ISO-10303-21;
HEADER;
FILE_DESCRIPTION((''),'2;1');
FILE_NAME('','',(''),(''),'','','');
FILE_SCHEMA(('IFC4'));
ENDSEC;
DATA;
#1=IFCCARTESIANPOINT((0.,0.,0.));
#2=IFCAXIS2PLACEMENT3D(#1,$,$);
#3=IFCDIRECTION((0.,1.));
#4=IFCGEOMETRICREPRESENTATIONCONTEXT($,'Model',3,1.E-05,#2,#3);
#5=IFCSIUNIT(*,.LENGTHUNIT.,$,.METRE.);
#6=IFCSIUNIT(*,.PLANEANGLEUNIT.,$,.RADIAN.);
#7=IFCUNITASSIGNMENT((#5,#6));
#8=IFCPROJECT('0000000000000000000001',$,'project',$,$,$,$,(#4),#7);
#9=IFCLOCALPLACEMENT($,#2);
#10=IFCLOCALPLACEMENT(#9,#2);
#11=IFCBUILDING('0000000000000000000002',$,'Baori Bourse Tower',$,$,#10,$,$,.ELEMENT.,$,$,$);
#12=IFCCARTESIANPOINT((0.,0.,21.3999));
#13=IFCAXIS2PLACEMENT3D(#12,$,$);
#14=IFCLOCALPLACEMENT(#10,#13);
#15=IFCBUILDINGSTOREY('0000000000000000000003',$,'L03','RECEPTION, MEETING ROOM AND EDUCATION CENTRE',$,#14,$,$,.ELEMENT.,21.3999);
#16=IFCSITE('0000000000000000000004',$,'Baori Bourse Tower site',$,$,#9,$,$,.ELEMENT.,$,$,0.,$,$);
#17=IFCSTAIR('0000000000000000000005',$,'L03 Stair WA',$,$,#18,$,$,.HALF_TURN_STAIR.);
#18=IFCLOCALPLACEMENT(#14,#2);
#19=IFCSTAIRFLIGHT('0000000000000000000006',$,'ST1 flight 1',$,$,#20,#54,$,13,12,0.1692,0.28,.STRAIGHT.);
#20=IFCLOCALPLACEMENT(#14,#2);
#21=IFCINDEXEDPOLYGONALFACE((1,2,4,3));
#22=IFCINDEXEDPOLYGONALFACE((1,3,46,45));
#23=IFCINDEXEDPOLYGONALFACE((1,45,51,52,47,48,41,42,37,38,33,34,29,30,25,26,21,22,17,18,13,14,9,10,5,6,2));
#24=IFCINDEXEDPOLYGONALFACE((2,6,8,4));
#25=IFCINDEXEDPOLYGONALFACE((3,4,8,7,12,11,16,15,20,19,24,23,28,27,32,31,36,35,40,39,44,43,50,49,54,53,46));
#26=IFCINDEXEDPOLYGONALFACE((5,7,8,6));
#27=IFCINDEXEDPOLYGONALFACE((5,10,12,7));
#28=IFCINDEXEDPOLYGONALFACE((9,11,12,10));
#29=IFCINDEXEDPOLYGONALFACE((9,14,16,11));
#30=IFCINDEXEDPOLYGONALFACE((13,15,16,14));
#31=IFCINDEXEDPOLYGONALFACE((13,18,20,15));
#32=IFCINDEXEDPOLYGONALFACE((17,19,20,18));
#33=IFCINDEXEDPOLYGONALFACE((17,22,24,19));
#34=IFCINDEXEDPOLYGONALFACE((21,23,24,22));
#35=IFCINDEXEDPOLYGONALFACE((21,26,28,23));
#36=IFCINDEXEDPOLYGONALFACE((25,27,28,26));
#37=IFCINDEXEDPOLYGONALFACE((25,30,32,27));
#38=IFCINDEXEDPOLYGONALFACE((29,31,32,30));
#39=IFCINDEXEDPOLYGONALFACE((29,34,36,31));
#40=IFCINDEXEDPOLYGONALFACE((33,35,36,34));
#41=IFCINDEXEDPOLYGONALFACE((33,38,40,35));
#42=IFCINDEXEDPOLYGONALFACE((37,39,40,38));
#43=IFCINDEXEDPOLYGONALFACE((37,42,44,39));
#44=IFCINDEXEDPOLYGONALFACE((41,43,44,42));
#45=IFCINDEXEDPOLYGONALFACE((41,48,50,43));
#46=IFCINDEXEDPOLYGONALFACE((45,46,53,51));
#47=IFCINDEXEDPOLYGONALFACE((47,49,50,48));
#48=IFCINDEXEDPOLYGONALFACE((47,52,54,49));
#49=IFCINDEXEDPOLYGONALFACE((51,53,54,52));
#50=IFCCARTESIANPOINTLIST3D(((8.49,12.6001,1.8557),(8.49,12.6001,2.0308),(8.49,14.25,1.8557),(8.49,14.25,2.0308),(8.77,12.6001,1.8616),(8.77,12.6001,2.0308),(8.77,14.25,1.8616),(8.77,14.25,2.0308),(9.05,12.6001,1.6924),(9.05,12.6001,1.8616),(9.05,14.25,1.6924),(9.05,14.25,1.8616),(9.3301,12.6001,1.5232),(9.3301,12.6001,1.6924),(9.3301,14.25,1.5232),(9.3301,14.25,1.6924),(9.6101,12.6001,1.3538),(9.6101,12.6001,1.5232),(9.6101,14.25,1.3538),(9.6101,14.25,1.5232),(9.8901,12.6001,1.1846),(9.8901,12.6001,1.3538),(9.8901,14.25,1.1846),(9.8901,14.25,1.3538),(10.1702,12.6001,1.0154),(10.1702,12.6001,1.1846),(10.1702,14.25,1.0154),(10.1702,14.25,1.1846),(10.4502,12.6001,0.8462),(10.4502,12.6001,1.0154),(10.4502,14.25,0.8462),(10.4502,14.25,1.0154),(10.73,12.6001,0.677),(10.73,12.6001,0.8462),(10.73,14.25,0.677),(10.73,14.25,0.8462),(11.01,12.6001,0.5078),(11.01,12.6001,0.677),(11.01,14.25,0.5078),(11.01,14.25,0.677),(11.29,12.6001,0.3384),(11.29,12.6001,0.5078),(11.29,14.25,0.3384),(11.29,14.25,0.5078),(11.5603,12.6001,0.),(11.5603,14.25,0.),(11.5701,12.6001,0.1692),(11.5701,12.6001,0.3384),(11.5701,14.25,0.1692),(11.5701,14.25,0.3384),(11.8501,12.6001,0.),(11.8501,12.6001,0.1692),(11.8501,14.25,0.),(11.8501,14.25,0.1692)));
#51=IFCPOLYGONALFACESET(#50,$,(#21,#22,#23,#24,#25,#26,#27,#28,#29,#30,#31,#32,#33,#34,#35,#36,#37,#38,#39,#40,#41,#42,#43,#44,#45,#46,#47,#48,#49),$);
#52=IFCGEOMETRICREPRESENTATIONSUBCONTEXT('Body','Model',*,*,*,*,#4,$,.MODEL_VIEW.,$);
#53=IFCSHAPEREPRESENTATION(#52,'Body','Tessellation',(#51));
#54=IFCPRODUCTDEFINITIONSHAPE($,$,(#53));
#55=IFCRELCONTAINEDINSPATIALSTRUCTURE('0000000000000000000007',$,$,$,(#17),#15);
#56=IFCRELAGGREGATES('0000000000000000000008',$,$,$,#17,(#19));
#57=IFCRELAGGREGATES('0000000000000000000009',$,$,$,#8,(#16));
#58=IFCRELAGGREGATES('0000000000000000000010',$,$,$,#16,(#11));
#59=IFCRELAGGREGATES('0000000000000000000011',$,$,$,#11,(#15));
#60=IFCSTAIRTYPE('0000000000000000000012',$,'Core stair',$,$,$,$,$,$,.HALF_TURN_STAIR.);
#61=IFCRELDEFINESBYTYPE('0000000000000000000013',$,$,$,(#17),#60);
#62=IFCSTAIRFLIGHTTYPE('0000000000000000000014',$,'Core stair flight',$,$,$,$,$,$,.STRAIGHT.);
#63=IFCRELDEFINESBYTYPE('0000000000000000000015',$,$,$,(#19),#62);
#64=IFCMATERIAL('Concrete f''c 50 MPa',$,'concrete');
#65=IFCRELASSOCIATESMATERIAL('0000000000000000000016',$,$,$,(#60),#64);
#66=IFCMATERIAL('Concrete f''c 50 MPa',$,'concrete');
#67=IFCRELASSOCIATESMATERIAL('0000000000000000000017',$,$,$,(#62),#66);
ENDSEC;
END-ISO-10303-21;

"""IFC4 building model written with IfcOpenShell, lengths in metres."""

from ifc_helpers import new_model, si_unit, direction, frame, origin, place, context, subcontext, project, spatial, polyline, outline, extrude, material, type_object, element, aggregate, save


model = new_model("IFC4")

# Units and contexts
model_context = context("Model", 3, precision=1e-05, world=origin(), true_north=direction((0.0, 1.0)))
body_context = subcontext(model_context, "Body", "Model", "MODEL_VIEW")
ifc_project = project(units=[si_unit("LENGTHUNIT", "METRE"), si_unit("PLANEANGLEUNIT", "RADIAN")], contexts=[model_context])

# Site, building, storey
site_placement = place(None, origin())
site = spatial("IfcSite", under=ifc_project, at=site_placement, Name="Baori Bourse Tower site", CompositionType="ELEMENT", RefElevation=0.0)
building_placement = place(site_placement, origin())
building = spatial("IfcBuilding", under=site, at=building_placement, Name="Baori Bourse Tower", CompositionType="ELEMENT")
storey_placement = place(building_placement, frame((0.0, 0.0, 21.3999)))
storey = spatial("IfcBuildingStorey", under=building, at=storey_placement, Name="L03", Description="RECEPTION, MEETING ROOM AND EDUCATION CENTRE", CompositionType="ELEMENT", Elevation=21.3999)

# Stair, stair flight
ifc_material_1 = material(Name="Concrete f'c 50 MPa", Category="concrete")
stair_type = type_object("IfcStairType", Name="Core stair", PredefinedType="HALF_TURN_STAIR", material=ifc_material_1)
stair_placement = place(storey_placement, origin())
stair = element("IfcStair", 1, at=stair_placement, inside=storey, type_object=stair_type, Name="L03 Stair WA", PredefinedType="HALF_TURN_STAIR")
ifc_material_2 = material(Name="Concrete f'c 50 MPa", Category="concrete")
stair_flight_type = type_object("IfcStairFlightType", Name="Core stair flight", PredefinedType="STRAIGHT", material=ifc_material_2)
stair_flight_placement = place(storey_placement, frame((11.8501, 13.425, 0.0), z_axis=(0.0, 0.0, 1.0), x_axis=(-1.0, 0.0, 0.0)))
stair_flight = element("IfcStairFlight", 2, at=stair_flight_placement, type_object=stair_flight_type, Name="ST1 flight 1", NumberOfRisers=13, NumberOfTreads=12, PredefinedType="STRAIGHT", RiserHeight=0.1692, TreadLength=0.28, context=body_context, shape_type="SweptSolid", body=[
    extrude(outline(polyline([(0.0, 0.0), (0.0, 0.1692), (0.28, 0.1692), (0.28, 0.3384), (0.5601, 0.3384), (0.5601, 0.5078), (0.8401, 0.5078), (0.8401, 0.677), (1.1201, 0.677), (1.1201, 0.8462), (1.3999, 0.8462), (1.3999, 1.0154), (1.6799, 1.0154), (1.6799, 1.1846), (1.96, 1.1846), (1.96, 1.3538), (2.24, 1.3538), (2.24, 1.5232), (2.52, 1.5232), (2.52, 1.6924), (2.8, 1.6924), (2.8, 1.8616), (3.0801, 1.8616), (3.0801, 2.0308), (3.3601, 2.0308), (3.3601, 2.2), (3.3601, 1.8557), (0.2898, 0.0), (0.0, 0.0)])), frame((0.0, 0.825, 0.0), z_axis=(0.0, -1.0, 0.0), x_axis=(1.0, 0.0, 0.0)), (0.0, 0.0, 1.0), 1.6499),
])
aggregate(stair, [stair_flight])

save(model, "model.ifc")
